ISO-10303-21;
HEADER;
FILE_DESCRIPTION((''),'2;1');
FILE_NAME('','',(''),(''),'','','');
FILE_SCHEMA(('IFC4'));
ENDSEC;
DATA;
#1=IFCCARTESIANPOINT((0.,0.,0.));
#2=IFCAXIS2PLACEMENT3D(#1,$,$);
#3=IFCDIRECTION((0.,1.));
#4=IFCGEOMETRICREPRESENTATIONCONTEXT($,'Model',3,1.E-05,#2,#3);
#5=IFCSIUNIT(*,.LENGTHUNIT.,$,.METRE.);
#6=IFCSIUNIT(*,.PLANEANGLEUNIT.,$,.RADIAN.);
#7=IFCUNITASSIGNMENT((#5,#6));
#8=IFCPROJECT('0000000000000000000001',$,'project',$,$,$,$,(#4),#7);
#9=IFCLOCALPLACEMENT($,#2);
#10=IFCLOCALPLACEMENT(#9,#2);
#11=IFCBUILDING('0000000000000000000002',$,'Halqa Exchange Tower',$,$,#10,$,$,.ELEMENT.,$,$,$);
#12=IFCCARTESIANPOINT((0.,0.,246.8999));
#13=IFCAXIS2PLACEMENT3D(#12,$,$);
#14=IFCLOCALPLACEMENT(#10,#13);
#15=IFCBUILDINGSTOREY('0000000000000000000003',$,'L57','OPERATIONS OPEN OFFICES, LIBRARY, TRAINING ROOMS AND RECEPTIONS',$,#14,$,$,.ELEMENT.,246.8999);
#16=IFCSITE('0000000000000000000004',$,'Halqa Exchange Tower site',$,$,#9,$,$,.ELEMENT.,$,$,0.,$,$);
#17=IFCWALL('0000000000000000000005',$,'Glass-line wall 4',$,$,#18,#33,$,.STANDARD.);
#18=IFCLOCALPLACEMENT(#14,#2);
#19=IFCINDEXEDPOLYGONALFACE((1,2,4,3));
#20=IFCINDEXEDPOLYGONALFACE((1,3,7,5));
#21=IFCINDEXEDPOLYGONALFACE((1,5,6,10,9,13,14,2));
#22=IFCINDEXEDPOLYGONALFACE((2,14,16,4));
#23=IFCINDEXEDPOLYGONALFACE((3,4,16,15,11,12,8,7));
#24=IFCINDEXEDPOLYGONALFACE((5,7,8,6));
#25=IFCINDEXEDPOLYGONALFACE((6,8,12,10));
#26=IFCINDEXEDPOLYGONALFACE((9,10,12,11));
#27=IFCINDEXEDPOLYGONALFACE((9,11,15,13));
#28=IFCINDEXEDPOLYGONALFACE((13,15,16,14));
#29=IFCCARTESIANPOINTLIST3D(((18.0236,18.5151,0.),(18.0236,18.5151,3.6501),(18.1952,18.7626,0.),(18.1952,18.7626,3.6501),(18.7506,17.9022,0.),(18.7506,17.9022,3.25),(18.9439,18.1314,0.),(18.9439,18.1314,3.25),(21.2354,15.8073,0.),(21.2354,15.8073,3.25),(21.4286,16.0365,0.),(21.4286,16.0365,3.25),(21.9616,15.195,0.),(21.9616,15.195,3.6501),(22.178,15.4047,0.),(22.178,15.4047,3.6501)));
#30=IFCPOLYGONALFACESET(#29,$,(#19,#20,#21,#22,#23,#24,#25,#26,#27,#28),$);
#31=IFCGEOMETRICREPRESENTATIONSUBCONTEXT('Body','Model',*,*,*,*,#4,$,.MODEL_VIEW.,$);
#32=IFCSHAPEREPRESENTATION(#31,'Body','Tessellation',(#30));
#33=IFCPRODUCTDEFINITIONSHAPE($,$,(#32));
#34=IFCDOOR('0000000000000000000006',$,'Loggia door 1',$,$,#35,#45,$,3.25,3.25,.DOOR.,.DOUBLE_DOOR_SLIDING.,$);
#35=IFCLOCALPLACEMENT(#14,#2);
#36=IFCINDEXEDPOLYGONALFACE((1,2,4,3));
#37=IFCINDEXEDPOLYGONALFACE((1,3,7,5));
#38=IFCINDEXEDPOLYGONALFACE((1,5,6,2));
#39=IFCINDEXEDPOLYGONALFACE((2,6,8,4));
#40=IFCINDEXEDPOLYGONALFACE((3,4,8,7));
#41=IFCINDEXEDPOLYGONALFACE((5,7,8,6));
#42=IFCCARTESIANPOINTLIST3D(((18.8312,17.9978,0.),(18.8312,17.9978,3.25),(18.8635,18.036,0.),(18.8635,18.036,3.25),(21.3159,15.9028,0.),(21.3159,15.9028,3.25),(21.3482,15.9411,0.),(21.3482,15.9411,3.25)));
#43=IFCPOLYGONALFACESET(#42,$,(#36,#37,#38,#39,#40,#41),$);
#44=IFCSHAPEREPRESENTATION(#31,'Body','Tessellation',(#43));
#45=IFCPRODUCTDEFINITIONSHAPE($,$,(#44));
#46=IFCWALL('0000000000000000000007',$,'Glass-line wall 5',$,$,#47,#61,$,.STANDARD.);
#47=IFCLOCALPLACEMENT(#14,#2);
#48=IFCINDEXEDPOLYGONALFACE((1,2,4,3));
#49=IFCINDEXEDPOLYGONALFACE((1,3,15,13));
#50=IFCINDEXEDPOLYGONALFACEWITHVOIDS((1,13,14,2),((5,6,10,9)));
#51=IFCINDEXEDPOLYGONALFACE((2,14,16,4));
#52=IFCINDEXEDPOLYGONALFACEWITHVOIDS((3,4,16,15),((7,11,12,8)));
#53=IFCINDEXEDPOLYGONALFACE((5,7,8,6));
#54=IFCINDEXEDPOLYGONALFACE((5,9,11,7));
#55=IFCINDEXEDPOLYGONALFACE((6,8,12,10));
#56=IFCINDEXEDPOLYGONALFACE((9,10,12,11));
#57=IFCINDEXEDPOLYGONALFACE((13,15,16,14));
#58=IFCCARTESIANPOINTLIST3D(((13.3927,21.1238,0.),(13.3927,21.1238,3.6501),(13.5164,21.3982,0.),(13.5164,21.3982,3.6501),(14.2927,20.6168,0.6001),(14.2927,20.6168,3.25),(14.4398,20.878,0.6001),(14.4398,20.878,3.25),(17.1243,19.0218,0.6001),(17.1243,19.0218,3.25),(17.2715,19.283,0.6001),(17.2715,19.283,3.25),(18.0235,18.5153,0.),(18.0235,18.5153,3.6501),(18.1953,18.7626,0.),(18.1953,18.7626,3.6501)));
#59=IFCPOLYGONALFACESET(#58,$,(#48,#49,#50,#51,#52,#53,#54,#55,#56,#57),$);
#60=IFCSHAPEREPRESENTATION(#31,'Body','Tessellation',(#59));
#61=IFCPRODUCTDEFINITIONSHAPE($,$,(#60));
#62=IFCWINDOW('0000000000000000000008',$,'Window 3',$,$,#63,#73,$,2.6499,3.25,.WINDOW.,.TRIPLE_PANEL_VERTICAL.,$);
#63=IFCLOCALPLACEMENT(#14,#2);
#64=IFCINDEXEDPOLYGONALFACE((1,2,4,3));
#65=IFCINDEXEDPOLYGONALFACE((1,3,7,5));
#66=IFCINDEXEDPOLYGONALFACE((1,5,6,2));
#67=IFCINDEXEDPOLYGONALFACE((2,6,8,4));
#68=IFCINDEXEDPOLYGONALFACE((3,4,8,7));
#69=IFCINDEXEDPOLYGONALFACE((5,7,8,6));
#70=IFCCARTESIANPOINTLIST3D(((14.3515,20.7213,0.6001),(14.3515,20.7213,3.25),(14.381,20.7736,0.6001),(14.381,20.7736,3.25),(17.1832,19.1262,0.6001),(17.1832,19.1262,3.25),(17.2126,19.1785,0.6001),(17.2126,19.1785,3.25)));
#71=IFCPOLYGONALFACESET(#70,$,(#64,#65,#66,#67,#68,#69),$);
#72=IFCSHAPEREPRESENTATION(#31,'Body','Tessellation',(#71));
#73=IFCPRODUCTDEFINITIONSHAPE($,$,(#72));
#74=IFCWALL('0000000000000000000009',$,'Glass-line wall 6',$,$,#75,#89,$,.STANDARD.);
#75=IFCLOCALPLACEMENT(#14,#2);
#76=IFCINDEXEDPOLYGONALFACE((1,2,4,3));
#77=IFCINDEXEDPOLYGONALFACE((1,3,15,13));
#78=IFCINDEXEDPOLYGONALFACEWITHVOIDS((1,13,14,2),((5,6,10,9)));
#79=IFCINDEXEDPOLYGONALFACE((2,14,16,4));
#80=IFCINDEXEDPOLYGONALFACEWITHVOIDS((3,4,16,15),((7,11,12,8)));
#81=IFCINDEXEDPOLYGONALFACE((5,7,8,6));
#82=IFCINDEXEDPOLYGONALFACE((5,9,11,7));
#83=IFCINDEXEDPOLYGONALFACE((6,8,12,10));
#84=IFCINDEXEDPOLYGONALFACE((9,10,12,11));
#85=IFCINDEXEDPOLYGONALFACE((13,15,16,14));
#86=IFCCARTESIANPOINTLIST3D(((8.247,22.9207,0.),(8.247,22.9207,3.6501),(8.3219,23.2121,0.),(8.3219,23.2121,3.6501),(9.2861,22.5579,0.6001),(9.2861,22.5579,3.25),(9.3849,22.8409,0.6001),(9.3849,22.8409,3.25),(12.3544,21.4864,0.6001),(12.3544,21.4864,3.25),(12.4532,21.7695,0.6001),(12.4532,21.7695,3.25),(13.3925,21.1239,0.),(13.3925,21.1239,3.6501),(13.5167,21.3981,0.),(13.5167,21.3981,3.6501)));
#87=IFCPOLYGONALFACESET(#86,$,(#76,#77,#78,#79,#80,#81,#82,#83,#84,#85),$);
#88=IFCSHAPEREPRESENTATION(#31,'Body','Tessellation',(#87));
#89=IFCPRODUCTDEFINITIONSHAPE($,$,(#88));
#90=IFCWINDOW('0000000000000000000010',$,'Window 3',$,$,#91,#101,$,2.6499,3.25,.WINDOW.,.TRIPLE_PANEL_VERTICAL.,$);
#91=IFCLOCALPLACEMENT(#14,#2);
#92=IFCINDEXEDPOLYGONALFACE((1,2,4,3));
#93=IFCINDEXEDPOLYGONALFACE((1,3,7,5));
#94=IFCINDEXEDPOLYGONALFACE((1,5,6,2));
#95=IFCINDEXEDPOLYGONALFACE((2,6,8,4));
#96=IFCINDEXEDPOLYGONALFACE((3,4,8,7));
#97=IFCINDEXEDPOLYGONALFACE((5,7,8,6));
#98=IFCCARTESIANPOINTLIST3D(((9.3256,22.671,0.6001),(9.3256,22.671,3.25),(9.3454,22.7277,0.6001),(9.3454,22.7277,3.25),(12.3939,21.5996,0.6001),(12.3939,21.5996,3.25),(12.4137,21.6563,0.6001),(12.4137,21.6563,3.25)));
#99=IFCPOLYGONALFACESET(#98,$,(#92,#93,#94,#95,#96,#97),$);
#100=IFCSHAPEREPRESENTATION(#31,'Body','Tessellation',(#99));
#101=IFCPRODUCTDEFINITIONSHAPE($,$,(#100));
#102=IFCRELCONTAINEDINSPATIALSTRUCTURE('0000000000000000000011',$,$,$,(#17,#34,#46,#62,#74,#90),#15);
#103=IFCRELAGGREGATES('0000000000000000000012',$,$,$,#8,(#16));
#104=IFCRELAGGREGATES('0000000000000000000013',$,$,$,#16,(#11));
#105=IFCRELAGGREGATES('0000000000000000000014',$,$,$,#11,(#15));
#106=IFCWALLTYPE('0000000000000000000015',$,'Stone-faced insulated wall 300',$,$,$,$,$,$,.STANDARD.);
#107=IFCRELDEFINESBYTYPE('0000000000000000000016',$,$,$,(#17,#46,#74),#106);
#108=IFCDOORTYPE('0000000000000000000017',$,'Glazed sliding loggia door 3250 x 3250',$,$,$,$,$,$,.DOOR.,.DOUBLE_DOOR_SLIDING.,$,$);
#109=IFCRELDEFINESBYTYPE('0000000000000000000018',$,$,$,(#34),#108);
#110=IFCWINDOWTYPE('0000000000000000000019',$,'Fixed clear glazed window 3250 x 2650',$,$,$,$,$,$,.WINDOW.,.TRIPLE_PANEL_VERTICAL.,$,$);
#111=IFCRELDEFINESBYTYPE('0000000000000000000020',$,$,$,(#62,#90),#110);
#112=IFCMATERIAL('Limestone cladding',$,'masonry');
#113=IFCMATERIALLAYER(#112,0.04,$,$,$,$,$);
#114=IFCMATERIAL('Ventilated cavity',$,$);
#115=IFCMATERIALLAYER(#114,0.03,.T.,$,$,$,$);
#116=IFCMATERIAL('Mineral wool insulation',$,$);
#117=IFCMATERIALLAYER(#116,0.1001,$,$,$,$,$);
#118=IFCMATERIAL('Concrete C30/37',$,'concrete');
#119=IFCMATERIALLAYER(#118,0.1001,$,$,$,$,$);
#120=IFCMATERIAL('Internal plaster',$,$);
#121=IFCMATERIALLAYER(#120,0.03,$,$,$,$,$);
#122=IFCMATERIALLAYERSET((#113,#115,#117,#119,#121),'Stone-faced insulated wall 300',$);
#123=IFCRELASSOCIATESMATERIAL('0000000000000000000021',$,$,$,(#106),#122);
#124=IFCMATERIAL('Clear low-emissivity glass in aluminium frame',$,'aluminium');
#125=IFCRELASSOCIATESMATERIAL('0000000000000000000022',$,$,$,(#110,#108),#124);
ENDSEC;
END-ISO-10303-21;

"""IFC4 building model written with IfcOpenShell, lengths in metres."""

from ifc_helpers import new_model, si_unit, direction, frame, frame_2d, origin, place, context, subcontext, project, spatial, polyline, rectangle, outline, extrude, material, layer, layer_set, type_object, element, fill, save


model = new_model("IFC4")

# Units and contexts
model_context = context("Model", 3, precision=1e-05, world=origin(), true_north=direction((0.0, 1.0)))
body_context = subcontext(model_context, "Body", "Model", "MODEL_VIEW")
ifc_project = project(units=[si_unit("LENGTHUNIT", "METRE"), si_unit("PLANEANGLEUNIT", "RADIAN")], contexts=[model_context])

# Site, building, storey
site_placement = place(None, origin())
site = spatial("IfcSite", under=ifc_project, at=site_placement, Name="Halqa Exchange Tower site", CompositionType="ELEMENT", RefElevation=0.0)
building_placement = place(site_placement, origin())
building = spatial("IfcBuilding", under=site, at=building_placement, Name="Halqa Exchange Tower", CompositionType="ELEMENT")
storey_placement = place(building_placement, frame((0.0, 0.0, 246.8999)))
storey = spatial("IfcBuildingStorey", under=building, at=storey_placement, Name="L57", Description="OPERATIONS OPEN OFFICES, LIBRARY, TRAINING ROOMS AND RECEPTIONS", CompositionType="ELEMENT", Elevation=246.8999)

# Shared definitions
ifc_material_1 = material(Name="Limestone cladding", Category="masonry")
ifc_layer_1 = layer(ifc_material_1, 0.04)
ifc_material_2 = material(Name="Ventilated cavity")
ifc_layer_2 = layer(ifc_material_2, 0.03, ventilated=True)
ifc_material_3 = material(Name="Mineral wool insulation")
ifc_layer_3 = layer(ifc_material_3, 0.1001)
ifc_material_4 = material(Name="Concrete C30/37", Category="concrete")
ifc_layer_4 = layer(ifc_material_4, 0.1001)
ifc_material_5 = material(Name="Internal plaster")
ifc_layer_5 = layer(ifc_material_5, 0.03)
ifc_layer_set_1 = layer_set([ifc_layer_1, ifc_layer_2, ifc_layer_3, ifc_layer_4, ifc_layer_5], Name="Stone-faced insulated wall 300")
wall_type_1 = type_object("IfcWallType", Name="Stone-faced insulated wall 300", PredefinedType="STANDARD", material=ifc_layer_set_1)
ifc_material_6 = material(Name="Clear low-emissivity glass in aluminium frame", Category="aluminium")
window_type = type_object("IfcWindowType", Name="Fixed clear glazed window 3250 x 2650", PartitioningType="TRIPLE_PANEL_VERTICAL", PredefinedType="WINDOW", material=ifc_material_6)

# Wall, opening, door
wall_1_placement = place(storey_placement, frame((22.0698, 15.2998, 0.0), z_axis=(0.0, 0.0, 1.0), x_axis=(-0.764531, 0.644587, 0.0)))
wall_1 = element("IfcWall", 1, at=wall_1_placement, inside=storey, type_object=wall_type_1, Name="Glass-line wall 4", PredefinedType="STANDARD", context=body_context, shape_type="SweptSolid", body=[
    extrude(outline(polyline([(-0.0151, -0.1499), (5.1943, -0.1499), (5.166, 0.1499), (0.0151, 0.1499), (-0.0151, -0.1499)])), origin(), (0.0, 0.0, 1.0), 3.6501),
])
opening_1_placement = place(wall_1_placement, frame((0.9651, 0.0, 0.0)))
opening_1 = element("IfcOpeningElement", 2, at=opening_1_placement, cuts=wall_1, PredefinedType="OPENING", context=body_context, shape_type="SweptSolid", body=[
    extrude(rectangle(XDim=3.25, YDim=3.25, at=frame_2d((1.625, 1.625))), frame((0.0, 0.1621, 0.0), z_axis=(0.0, -1.0, 0.0), x_axis=(1.0, 0.0, 0.0)), (0.0, 0.0, 1.0), 0.324),
])
door_type = type_object("IfcDoorType", Name="Glazed sliding loggia door 3250 x 3250", OperationType="DOUBLE_DOOR_SLIDING", PredefinedType="DOOR", material=ifc_material_6)
door_placement = place(opening_1_placement, origin())
door = element("IfcDoor", 3, at=door_placement, inside=storey, type_object=door_type, Name="Loggia door 1", OperationType="DOUBLE_DOOR_SLIDING", OverallHeight=3.25, OverallWidth=3.25, PredefinedType="DOOR", context=body_context, shape_type="SweptSolid", body=[
    extrude(rectangle(XDim=3.25, YDim=3.25, at=frame_2d((1.625, 1.625))), frame((0.0, 0.0249, 0.0), z_axis=(0.0, -1.0, 0.0), x_axis=(1.0, 0.0, 0.0)), (0.0, 0.0, 1.0), 0.05),
])
fill(opening_1, door)

# Walls, openings, windows
wall_2_placement = place(storey_placement, frame((18.1094, 18.6389, 0.0), z_axis=(0.0, 0.0, 1.0), x_axis=(-0.871275, 0.490795, 0.0)))
wall_2 = element("IfcWall", 4, at=wall_2_placement, inside=storey, type_object=wall_type_1, Name="Glass-line wall 5", PredefinedType="STANDARD", context=body_context, shape_type="SweptSolid", body=[
    extrude(outline(polyline([(-0.0142, -0.1499), (5.356, -0.1499), (5.3291, 0.1499), (0.0142, 0.1499), (-0.0142, -0.1499)])), origin(), (0.0, 0.0, 1.0), 3.6501),
])
opening_2_placement = place(wall_2_placement, frame((1.0461, 0.0, 0.6001)))
opening_2 = element("IfcOpeningElement", 5, at=opening_2_placement, cuts=wall_2, PredefinedType="OPENING", context=body_context, shape_type="SweptSolid", body=[
    extrude(rectangle(XDim=3.25, YDim=2.6499, at=frame_2d((1.625, 1.325))), frame((0.0, 0.1621, 0.0), z_axis=(0.0, -1.0, 0.0), x_axis=(1.0, 0.0, 0.0)), (0.0, 0.0, 1.0), 0.324),
])
window_1_placement = place(opening_2_placement, origin())
window_1 = element("IfcWindow", 6, at=window_1_placement, inside=storey, type_object=window_type, Name="Window 3", OverallHeight=2.6499, OverallWidth=3.25, PartitioningType="TRIPLE_PANEL_VERTICAL", PredefinedType="WINDOW", context=body_context, shape_type="SweptSolid", body=[
    extrude(rectangle(XDim=3.25, YDim=2.6499, at=frame_2d((1.625, 1.325))), frame((0.0, 0.03, 0.0), z_axis=(0.0, -1.0, 0.0), x_axis=(1.0, 0.0, 0.0)), (0.0, 0.0, 1.0), 0.0601),
])
fill(opening_2, window_1)
wall_3_placement = place(storey_placement, frame((13.4546, 21.261, 0.0), z_axis=(0.0, 0.0, 1.0), x_axis=(-0.944094, 0.329677, 0.0)))
wall_3 = element("IfcWall", 7, at=wall_3_placement, inside=storey, type_object=wall_type_1, Name="Glass-line wall 6", PredefinedType="STANDARD", context=body_context, shape_type="SweptSolid", body=[
    extrude(outline(polyline([(-0.0134, -0.1499), (5.489, -0.1499), (5.4636, 0.1499), (0.0134, 0.1499), (-0.0134, -0.1499)])), origin(), (0.0, 0.0, 1.0), 3.6501),
])
opening_3_placement = place(wall_3_placement, frame((1.113, 0.0, 0.6001)))
opening_3 = element("IfcOpeningElement", 8, at=opening_3_placement, cuts=wall_3, PredefinedType="OPENING", context=body_context, shape_type="SweptSolid", body=[
    extrude(rectangle(XDim=3.25, YDim=2.6499, at=frame_2d((1.625, 1.325))), frame((0.0, 0.1621, 0.0), z_axis=(0.0, -1.0, 0.0), x_axis=(1.0, 0.0, 0.0)), (0.0, 0.0, 1.0), 0.324),
])
window_2_placement = place(opening_3_placement, origin())
window_2 = element("IfcWindow", 9, at=window_2_placement, inside=storey, type_object=window_type, Name="Window 3", OverallHeight=2.6499, OverallWidth=3.25, PartitioningType="TRIPLE_PANEL_VERTICAL", PredefinedType="WINDOW", context=body_context, shape_type="SweptSolid", body=[
    extrude(rectangle(XDim=3.25, YDim=2.6499, at=frame_2d((1.625, 1.325))), frame((0.0, 0.03, 0.0), z_axis=(0.0, -1.0, 0.0), x_axis=(1.0, 0.0, 0.0)), (0.0, 0.0, 1.0), 0.0601),
])
fill(opening_3, window_2)

save(model, "model.ifc")
